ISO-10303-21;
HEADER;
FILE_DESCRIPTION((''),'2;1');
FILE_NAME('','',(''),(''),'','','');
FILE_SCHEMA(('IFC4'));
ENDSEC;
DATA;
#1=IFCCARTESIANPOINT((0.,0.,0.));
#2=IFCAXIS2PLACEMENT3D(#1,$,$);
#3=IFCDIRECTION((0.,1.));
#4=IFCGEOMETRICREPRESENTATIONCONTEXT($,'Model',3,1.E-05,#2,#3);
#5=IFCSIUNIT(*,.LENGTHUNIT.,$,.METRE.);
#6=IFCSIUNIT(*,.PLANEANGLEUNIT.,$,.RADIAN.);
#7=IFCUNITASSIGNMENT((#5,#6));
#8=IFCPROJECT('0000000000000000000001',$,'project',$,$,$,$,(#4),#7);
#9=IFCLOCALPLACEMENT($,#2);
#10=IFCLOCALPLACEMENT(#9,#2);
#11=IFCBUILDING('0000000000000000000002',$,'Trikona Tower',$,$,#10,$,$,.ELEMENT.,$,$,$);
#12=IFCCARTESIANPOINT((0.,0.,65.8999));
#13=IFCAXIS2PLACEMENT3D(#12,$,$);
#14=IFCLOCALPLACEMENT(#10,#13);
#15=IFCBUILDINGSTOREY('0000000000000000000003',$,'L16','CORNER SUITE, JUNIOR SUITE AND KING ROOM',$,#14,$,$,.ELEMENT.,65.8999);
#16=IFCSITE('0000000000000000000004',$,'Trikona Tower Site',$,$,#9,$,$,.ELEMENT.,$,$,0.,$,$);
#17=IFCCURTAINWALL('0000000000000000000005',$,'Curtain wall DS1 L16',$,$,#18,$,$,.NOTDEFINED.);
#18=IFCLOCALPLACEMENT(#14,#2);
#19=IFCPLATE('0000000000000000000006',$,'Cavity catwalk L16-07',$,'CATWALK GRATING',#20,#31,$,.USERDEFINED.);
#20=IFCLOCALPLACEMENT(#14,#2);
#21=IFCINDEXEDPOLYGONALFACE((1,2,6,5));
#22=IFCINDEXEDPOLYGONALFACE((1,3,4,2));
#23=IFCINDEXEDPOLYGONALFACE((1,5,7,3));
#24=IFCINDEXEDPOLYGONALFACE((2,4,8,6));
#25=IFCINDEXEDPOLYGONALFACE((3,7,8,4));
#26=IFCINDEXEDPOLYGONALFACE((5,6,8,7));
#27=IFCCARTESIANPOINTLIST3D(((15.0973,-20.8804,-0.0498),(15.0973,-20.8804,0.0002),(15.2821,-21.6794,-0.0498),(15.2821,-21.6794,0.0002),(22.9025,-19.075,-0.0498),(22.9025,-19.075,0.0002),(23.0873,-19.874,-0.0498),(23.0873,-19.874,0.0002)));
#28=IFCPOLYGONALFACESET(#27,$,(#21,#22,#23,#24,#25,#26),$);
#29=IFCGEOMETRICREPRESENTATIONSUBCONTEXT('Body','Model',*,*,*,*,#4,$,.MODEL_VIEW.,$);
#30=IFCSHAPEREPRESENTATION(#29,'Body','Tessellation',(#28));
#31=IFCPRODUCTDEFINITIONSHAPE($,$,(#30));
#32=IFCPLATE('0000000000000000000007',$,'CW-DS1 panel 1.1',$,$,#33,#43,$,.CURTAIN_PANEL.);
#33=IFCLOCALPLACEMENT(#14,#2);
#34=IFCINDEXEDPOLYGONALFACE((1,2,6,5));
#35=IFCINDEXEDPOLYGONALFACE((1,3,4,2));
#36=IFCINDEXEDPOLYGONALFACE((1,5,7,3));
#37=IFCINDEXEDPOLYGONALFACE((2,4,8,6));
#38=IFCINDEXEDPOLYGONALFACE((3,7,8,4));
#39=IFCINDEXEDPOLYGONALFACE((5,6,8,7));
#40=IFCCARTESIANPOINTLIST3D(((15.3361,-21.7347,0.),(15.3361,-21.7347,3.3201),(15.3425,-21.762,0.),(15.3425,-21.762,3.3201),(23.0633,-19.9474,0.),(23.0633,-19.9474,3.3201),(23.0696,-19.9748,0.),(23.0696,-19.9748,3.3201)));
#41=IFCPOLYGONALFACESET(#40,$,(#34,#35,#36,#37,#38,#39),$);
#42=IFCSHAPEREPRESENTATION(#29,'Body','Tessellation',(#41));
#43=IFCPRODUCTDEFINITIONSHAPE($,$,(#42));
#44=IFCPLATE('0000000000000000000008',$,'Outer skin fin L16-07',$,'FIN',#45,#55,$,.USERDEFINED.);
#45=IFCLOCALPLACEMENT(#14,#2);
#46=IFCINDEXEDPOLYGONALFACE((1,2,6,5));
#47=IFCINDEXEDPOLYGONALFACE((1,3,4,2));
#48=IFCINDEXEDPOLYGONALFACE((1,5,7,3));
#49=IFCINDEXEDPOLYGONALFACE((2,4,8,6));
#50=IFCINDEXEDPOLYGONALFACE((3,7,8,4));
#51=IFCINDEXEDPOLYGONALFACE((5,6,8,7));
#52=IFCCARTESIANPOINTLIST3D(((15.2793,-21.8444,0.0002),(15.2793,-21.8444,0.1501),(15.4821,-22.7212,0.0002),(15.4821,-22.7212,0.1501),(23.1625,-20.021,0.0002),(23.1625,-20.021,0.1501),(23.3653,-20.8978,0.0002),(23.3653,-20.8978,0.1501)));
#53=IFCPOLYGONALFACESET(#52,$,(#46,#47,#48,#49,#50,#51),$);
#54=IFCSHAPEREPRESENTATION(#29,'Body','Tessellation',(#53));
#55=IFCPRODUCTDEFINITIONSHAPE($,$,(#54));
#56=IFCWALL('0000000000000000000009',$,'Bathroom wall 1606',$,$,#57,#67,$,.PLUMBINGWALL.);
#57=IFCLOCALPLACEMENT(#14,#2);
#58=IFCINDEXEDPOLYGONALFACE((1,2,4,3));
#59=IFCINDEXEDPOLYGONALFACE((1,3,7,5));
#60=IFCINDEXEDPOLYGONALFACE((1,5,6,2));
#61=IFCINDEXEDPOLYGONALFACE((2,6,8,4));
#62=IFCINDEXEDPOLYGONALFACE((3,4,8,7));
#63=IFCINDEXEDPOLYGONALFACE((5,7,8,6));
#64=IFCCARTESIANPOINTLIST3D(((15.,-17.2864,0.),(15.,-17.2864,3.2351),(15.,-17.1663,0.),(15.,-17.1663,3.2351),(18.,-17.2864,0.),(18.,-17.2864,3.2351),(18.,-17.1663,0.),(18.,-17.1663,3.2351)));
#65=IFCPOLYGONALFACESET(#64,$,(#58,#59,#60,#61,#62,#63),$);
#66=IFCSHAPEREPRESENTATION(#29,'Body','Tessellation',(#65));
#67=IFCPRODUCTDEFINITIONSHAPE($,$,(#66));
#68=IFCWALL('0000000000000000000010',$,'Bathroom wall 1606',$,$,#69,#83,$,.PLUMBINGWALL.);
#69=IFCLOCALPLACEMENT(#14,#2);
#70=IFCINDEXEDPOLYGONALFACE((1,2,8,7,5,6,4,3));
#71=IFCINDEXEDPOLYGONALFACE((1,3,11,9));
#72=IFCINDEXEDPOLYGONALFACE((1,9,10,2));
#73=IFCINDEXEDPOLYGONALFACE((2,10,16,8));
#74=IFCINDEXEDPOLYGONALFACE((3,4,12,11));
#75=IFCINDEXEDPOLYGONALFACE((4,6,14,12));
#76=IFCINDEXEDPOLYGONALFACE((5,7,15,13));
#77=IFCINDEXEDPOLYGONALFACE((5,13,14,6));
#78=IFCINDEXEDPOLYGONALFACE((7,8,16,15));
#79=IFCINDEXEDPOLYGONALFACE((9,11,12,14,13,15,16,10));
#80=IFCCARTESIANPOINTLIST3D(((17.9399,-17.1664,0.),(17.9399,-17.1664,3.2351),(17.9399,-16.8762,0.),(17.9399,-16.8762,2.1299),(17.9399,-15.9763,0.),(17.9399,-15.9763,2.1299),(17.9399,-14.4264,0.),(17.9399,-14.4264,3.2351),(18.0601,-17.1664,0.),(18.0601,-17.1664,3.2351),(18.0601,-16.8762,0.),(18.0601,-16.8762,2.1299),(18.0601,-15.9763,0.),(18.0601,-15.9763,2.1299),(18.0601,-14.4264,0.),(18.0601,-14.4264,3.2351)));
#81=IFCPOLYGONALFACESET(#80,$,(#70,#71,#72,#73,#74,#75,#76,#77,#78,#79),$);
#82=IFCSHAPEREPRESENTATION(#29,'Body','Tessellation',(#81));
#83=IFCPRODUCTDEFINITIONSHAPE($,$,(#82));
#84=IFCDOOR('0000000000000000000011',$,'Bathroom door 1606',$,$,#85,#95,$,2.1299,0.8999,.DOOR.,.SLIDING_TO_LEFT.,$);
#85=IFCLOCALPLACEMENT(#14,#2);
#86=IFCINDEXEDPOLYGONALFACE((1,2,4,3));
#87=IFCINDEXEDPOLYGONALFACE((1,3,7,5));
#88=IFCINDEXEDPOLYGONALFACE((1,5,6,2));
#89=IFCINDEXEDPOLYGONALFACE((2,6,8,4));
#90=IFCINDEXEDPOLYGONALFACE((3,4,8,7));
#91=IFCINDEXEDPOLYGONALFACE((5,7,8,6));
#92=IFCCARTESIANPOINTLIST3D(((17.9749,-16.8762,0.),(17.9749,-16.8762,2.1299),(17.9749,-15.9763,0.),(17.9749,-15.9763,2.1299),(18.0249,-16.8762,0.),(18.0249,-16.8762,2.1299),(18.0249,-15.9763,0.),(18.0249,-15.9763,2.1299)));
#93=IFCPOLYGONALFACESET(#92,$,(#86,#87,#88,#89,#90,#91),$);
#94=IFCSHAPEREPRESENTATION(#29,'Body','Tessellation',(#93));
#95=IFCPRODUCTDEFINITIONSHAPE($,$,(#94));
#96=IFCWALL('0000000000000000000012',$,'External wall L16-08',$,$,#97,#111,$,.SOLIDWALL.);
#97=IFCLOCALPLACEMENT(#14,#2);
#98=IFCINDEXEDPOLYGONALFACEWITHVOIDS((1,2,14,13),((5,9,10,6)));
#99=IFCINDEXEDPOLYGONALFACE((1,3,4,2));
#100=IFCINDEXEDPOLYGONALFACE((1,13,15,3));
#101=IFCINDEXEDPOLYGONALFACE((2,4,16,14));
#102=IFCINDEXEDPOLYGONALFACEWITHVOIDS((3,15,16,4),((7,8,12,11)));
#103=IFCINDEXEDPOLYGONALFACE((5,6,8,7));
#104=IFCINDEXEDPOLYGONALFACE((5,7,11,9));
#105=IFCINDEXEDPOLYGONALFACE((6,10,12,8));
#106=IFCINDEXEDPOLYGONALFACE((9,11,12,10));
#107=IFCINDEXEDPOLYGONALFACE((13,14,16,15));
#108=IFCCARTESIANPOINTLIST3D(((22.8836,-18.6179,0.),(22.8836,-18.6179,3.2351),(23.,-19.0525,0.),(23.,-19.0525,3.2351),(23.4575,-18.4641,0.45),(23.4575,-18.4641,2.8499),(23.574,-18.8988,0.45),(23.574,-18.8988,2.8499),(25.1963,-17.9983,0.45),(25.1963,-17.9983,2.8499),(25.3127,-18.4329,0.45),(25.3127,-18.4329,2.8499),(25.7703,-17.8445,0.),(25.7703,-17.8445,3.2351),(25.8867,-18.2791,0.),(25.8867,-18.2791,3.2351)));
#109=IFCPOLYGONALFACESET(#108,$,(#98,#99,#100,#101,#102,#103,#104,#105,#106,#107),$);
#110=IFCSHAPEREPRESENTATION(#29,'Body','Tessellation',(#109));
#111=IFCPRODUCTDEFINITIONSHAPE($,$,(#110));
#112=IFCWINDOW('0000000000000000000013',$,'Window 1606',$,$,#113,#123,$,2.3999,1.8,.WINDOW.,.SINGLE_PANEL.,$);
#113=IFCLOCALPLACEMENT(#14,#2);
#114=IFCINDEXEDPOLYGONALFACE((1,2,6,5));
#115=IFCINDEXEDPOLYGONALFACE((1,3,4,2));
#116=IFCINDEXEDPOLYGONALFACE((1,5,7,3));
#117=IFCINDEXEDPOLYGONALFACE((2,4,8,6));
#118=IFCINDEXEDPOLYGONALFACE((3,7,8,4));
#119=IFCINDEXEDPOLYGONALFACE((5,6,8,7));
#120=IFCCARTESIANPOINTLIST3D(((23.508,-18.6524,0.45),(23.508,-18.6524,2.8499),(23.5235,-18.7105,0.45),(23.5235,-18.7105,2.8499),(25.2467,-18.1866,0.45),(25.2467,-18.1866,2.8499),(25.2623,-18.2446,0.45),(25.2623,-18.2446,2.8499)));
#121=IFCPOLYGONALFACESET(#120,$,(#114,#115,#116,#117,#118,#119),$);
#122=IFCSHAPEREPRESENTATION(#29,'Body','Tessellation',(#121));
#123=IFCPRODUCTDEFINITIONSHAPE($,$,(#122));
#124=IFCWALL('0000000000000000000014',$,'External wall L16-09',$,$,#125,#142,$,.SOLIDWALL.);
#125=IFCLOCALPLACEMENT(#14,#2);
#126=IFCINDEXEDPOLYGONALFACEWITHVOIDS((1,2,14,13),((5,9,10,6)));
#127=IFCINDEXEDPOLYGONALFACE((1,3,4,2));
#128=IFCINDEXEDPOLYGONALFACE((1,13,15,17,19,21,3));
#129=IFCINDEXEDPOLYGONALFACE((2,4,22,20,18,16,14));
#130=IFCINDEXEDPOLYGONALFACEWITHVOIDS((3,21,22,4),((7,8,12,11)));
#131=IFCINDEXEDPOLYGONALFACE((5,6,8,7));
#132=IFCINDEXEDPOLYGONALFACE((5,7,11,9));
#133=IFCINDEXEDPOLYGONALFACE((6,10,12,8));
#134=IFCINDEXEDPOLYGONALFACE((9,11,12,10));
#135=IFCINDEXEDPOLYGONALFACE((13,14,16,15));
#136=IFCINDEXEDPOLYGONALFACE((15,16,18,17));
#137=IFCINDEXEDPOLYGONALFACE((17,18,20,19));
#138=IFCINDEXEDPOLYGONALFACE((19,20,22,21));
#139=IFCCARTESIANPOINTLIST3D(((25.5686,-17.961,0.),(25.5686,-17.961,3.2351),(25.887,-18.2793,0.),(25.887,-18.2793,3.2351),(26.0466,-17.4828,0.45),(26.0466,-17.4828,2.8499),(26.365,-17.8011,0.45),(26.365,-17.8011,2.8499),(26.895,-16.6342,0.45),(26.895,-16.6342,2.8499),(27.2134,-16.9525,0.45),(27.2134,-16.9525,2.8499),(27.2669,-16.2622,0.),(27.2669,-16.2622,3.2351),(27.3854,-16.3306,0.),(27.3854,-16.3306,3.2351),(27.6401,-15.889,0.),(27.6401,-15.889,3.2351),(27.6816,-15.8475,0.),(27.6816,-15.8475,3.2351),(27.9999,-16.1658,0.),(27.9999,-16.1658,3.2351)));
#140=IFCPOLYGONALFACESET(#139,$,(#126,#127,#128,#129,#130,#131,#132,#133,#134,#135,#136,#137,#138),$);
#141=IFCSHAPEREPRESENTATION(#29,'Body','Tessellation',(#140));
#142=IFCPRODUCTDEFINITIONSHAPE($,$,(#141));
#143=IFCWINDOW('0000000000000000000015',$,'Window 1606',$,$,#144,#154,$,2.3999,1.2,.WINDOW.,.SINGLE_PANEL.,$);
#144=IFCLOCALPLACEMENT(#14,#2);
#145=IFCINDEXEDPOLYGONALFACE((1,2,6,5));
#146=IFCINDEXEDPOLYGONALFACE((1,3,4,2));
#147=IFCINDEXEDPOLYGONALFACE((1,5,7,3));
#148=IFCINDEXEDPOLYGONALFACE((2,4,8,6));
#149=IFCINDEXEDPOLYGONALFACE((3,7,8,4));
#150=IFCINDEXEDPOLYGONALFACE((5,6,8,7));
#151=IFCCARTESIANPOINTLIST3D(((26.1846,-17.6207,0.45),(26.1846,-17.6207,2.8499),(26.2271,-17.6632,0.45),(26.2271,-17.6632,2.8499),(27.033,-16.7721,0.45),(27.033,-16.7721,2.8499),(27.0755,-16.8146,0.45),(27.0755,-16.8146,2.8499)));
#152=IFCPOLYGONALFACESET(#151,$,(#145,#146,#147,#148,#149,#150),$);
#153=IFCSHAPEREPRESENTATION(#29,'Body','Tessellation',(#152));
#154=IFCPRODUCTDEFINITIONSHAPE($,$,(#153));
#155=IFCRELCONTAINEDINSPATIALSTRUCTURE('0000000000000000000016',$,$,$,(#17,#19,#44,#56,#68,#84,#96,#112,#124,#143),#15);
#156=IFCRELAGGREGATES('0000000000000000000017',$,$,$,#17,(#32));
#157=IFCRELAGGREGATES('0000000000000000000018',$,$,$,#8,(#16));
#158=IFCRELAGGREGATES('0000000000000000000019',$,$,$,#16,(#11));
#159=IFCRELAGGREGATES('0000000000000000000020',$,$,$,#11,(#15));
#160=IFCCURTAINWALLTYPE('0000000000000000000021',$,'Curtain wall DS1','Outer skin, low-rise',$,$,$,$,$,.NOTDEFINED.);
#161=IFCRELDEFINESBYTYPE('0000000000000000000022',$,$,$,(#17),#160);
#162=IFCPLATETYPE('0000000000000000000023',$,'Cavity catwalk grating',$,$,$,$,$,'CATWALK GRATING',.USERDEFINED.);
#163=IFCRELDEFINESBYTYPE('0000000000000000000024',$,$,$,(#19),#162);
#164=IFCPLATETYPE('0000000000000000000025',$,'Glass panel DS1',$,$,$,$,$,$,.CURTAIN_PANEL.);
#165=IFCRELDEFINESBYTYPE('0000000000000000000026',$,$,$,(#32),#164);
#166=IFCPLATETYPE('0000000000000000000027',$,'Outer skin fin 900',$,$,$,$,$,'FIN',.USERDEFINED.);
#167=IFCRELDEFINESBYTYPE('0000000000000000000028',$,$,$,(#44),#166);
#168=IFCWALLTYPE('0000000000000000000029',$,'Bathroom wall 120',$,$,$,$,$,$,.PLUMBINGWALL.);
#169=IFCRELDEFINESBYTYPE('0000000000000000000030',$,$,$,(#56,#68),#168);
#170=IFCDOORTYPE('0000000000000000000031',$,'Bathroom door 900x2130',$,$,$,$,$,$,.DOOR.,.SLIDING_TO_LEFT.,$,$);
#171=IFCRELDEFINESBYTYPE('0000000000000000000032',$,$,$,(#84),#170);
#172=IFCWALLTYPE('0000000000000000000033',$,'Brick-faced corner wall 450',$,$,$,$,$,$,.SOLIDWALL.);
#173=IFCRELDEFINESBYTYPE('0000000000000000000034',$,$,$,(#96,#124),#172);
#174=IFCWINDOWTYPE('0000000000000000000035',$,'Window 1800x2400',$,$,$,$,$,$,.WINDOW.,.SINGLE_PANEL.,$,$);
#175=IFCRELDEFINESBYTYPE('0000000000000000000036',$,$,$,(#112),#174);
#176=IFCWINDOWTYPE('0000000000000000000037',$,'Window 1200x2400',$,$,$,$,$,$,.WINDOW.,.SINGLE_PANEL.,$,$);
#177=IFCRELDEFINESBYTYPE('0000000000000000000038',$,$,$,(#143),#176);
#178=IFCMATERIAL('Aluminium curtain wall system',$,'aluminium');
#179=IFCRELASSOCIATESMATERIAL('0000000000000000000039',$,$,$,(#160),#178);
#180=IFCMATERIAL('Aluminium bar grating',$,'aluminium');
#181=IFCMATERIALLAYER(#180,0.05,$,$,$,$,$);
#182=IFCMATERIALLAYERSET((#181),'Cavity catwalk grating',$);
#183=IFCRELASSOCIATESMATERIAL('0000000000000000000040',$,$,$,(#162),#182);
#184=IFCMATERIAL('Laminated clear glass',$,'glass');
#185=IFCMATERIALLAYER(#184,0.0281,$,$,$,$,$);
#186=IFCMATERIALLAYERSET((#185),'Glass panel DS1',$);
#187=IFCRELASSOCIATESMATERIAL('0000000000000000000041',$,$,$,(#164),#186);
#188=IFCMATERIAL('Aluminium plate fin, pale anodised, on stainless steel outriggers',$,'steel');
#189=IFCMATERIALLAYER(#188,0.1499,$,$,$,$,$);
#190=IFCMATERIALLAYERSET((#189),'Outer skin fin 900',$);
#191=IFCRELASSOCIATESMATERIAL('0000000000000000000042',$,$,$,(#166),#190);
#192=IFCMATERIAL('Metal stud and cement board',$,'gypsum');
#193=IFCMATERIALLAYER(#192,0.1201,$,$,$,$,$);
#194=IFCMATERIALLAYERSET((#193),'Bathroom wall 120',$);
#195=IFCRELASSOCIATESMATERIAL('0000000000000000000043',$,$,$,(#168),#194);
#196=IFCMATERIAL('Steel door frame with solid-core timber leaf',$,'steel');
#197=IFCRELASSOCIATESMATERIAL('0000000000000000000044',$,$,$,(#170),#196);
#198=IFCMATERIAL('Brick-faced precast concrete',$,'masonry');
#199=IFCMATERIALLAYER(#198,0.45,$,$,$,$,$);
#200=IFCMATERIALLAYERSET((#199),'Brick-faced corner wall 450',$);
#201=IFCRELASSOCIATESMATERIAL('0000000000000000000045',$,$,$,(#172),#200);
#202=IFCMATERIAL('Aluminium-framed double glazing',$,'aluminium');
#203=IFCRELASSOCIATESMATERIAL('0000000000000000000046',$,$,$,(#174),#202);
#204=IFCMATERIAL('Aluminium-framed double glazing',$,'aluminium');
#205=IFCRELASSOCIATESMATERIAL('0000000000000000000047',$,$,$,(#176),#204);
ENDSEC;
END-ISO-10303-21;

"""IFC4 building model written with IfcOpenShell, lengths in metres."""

from ifc_helpers import new_model, si_unit, direction, frame, frame_2d, origin, origin_2d, place, context, subcontext, project, spatial, polyline, rectangle, outline, extrude, material, layer, layer_set, type_object, element, fill, aggregate, save


model = new_model("IFC4")

# Units and contexts
model_context = context("Model", 3, precision=1e-05, world=origin(), true_north=direction((0.0, 1.0)))
body_context = subcontext(model_context, "Body", "Model", "MODEL_VIEW")
ifc_project = project(units=[si_unit("LENGTHUNIT", "METRE"), si_unit("PLANEANGLEUNIT", "RADIAN")], contexts=[model_context])

# Site, building, storey
site_placement = place(None, origin())
site = spatial("IfcSite", under=ifc_project, at=site_placement, Name="Trikona Tower Site", CompositionType="ELEMENT", RefElevation=0.0)
building_placement = place(site_placement, origin())
building = spatial("IfcBuilding", under=site, at=building_placement, Name="Trikona Tower", CompositionType="ELEMENT")
storey_placement = place(building_placement, frame((0.0, 0.0, 65.8999)))
storey = spatial("IfcBuildingStorey", under=building, at=storey_placement, Name="L16", Description="CORNER SUITE, JUNIOR SUITE AND KING ROOM", CompositionType="ELEMENT", Elevation=65.8999)

# Shared definitions
ifc_material_1 = material(Name="Aluminium curtain wall system", Category="aluminium")
curtain_wall_type = type_object("IfcCurtainWallType", Name="Curtain wall DS1", Description="Outer skin, low-rise", PredefinedType="NOTDEFINED", material=ifc_material_1)

# Curtain wall
curtain_wall_1_placement = place(storey_placement, origin())
curtain_wall_1 = element("IfcCurtainWall", 1, at=curtain_wall_1_placement, inside=storey, type_object=curtain_wall_type, Name="Curtain wall DS1 L16", PredefinedType="NOTDEFINED")

# Plates
ifc_material_2 = material(Name="Aluminium bar grating", Category="aluminium")
ifc_layer_1 = layer(ifc_material_2, 0.05)
ifc_layer_set_1 = layer_set([ifc_layer_1], Name="Cavity catwalk grating")
plate_type_1 = type_object("IfcPlateType", Name="Cavity catwalk grating", ElementType="CATWALK GRATING", PredefinedType="USERDEFINED", material=ifc_layer_set_1)
plate_1_placement = place(storey_placement, frame((19.0923, -20.3772, -0.0498), z_axis=(0.0, 0.0, 1.0), x_axis=(0.974278, 0.225351, 0.0)))
element("IfcPlate", 2, at=plate_1_placement, inside=storey, type_object=plate_type_1, Name="Cavity catwalk L16-07", ObjectType="CATWALK GRATING", PredefinedType="USERDEFINED", context=body_context, shape_type="SweptSolid", body=[
    extrude(rectangle(XDim=8.0112, YDim=0.8201, at=origin_2d()), origin(), (0.0, 0.0, 1.0), 0.05),
])
ifc_material_3 = material(Name="Laminated clear glass", Category="glass")
ifc_layer_2 = layer(ifc_material_3, 0.0281)
ifc_layer_set_2 = layer_set([ifc_layer_2], Name="Glass panel DS1")
plate_type_2 = type_object("IfcPlateType", Name="Glass panel DS1", PredefinedType="CURTAIN_PANEL", material=ifc_layer_set_2)
plate_2_placement = place(storey_placement, frame((19.2029, -20.8547, 0.0), z_axis=(0.0, 0.0, 1.0), x_axis=(0.974279, 0.225343, 0.0)))
plate_2 = element("IfcPlate", 3, at=plate_2_placement, type_object=plate_type_2, Name="CW-DS1 panel 1.1", PredefinedType="CURTAIN_PANEL", context=body_context, shape_type="SweptSolid", body=[
    extrude(rectangle(XDim=7.9312, YDim=0.0281, at=origin_2d()), origin(), (0.0, 0.0, 1.0), 3.3201),
])
aggregate(curtain_wall_1, [plate_2])
ifc_material_4 = material(Name="Aluminium plate fin, pale anodised, on stainless steel outriggers", Category="steel")
ifc_layer_3 = layer(ifc_material_4, 0.1499)
ifc_layer_set_3 = layer_set([ifc_layer_3], Name="Outer skin fin 900")
plate_type_3 = type_object("IfcPlateType", Name="Outer skin fin 900", ElementType="FIN", PredefinedType="USERDEFINED", material=ifc_layer_set_3)
plate_3_placement = place(storey_placement, frame((19.3223, -21.3711, 0.0002), z_axis=(0.0, 0.0, 1.0), x_axis=(0.974278, 0.225351, 0.0)))
element("IfcPlate", 4, at=plate_3_placement, inside=storey, type_object=plate_type_3, Name="Outer skin fin L16-07", ObjectType="FIN", PredefinedType="USERDEFINED", context=body_context, shape_type="SweptSolid", body=[
    extrude(rectangle(XDim=8.0913, YDim=0.8999, at=origin_2d()), origin(), (0.0, 0.0, 1.0), 0.1499),
])

# Wall
ifc_material_5 = material(Name="Metal stud and cement board", Category="gypsum")
ifc_layer_4 = layer(ifc_material_5, 0.1201)
ifc_layer_set_4 = layer_set([ifc_layer_4], Name="Bathroom wall 120")
wall_type_1 = type_object("IfcWallType", Name="Bathroom wall 120", PredefinedType="PLUMBINGWALL", material=ifc_layer_set_4)
wall_1_placement = place(storey_placement, frame((15.0, -17.2263, 0.0), z_axis=(0.0, 0.0, 1.0), x_axis=(1.0, 0.0, 0.0)))
element("IfcWall", 5, at=wall_1_placement, inside=storey, type_object=wall_type_1, Name="Bathroom wall 1606", PredefinedType="PLUMBINGWALL", context=body_context, shape_type="SweptSolid", body=[
    extrude(rectangle(XDim=3.0, YDim=0.1201, at=frame_2d((1.5, 0.0))), origin(), (0.0, 0.0, 1.0), 3.2351),
])

# Wall, opening, door
wall_2_placement = place(storey_placement, frame((18.0, -14.4263, 0.0), z_axis=(0.0, 0.0, 1.0), x_axis=(0.0, -1.0, 0.0)))
wall_2 = element("IfcWall", 6, at=wall_2_placement, inside=storey, type_object=wall_type_1, Name="Bathroom wall 1606", PredefinedType="PLUMBINGWALL", context=body_context, shape_type="SweptSolid", body=[
    extrude(rectangle(XDim=2.74, YDim=0.1201, at=frame_2d((1.3701, 0.0))), origin(), (0.0, 0.0, 1.0), 3.2351),
])
opening_1_placement = place(wall_2_placement, frame((1.55, 0.0, 0.0)))
opening_1 = element("IfcOpeningElement", 7, at=opening_1_placement, cuts=wall_2, PredefinedType="OPENING", context=body_context, shape_type="SweptSolid", body=[
    extrude(rectangle(XDim=0.8999, YDim=2.1299, at=frame_2d((0.45, 1.0649))), frame((0.0, 0.0701, 0.0), z_axis=(0.0, -1.0, 0.0), x_axis=(1.0, 0.0, 0.0)), (0.0, 0.0, 1.0), 0.1401),
])
ifc_material_6 = material(Name="Steel door frame with solid-core timber leaf", Category="steel")
door_type = type_object("IfcDoorType", Name="Bathroom door 900x2130", OperationType="SLIDING_TO_LEFT", PredefinedType="DOOR", material=ifc_material_6)
door_placement = place(opening_1_placement, origin())
door = element("IfcDoor", 8, at=door_placement, inside=storey, type_object=door_type, Name="Bathroom door 1606", OperationType="SLIDING_TO_LEFT", OverallHeight=2.1299, OverallWidth=0.8999, PredefinedType="DOOR", context=body_context, shape_type="SweptSolid", body=[
    extrude(rectangle(XDim=0.8999, YDim=2.1299, at=frame_2d((0.45, 1.0649))), frame((0.0, 0.0249, 0.0), z_axis=(0.0, -1.0, 0.0), x_axis=(1.0, 0.0, 0.0)), (0.0, 0.0, 1.0), 0.05),
])
fill(opening_1, door)

# Walls, openings, windows
ifc_material_7 = material(Name="Brick-faced precast concrete", Category="masonry")
ifc_layer_5 = layer(ifc_material_7, 0.45)
ifc_layer_set_5 = layer_set([ifc_layer_5], Name="Brick-faced corner wall 450")
wall_type_2 = type_object("IfcWallType", Name="Brick-faced corner wall 450", PredefinedType="SOLIDWALL", material=ifc_layer_set_5)
wall_3_placement = place(storey_placement, frame((22.9419, -18.8352, 0.0), z_axis=(0.0, 0.0, 1.0), x_axis=(0.965931, 0.258801, 0.0)))
wall_3 = element("IfcWall", 9, at=wall_3_placement, inside=storey, type_object=wall_type_2, Name="External wall L16-08", PredefinedType="SOLIDWALL", context=body_context, shape_type="SweptSolid", body=[
    extrude(rectangle(XDim=2.9885, YDim=0.45, at=frame_2d((1.4941, 0.0))), origin(), (0.0, 0.0, 1.0), 3.2351),
])
opening_2_placement = place(wall_3_placement, frame((0.5942, 0.0, 0.45)))
opening_2 = element("IfcOpeningElement", 10, at=opening_2_placement, cuts=wall_3, PredefinedType="OPENING", context=body_context, shape_type="SweptSolid", body=[
    extrude(rectangle(XDim=1.8, YDim=2.3999, at=frame_2d((0.8999, 1.2))), frame((0.0, 0.2349, 0.0), z_axis=(0.0, -1.0, 0.0), x_axis=(1.0, 0.0, 0.0)), (0.0, 0.0, 1.0), 0.47),
])
ifc_material_8 = material(Name="Aluminium-framed double glazing", Category="aluminium")
window_type_1 = type_object("IfcWindowType", Name="Window 1800x2400", PartitioningType="SINGLE_PANEL", PredefinedType="WINDOW", material=ifc_material_8)
window_1_placement = place(opening_2_placement, origin())
window_1 = element("IfcWindow", 11, at=window_1_placement, inside=storey, type_object=window_type_1, Name="Window 1606", OverallHeight=2.3999, OverallWidth=1.8, PartitioningType="SINGLE_PANEL", PredefinedType="WINDOW", context=body_context, shape_type="SweptSolid", body=[
    extrude(rectangle(XDim=1.8, YDim=2.3999, at=frame_2d((0.8999, 1.2))), frame((0.0, 0.03, 0.0), z_axis=(0.0, -1.0, 0.0), x_axis=(1.0, 0.0, 0.0)), (0.0, 0.0, 1.0), 0.0601),
])
fill(opening_2, window_1)
wall_4_placement = place(storey_placement, frame((25.7278, -18.1201, 0.0), z_axis=(0.0, 0.0, 1.0), x_axis=(0.707025, 0.707188, 0.0)))
wall_4 = element("IfcWall", 12, at=wall_4_placement, inside=storey, type_object=wall_type_2, Name="External wall L16-09", PredefinedType="SOLIDWALL", context=body_context, shape_type="SweptSolid", body=[
    extrude(outline(polyline([(2.9885, 0.2251), (2.9299, 0.2251), (2.4375, 0.093), (2.4021, 0.2251), (0.0, 0.2251), (0.0, -0.2251), (2.9885, -0.2251), (2.9885, 0.2251)])), origin(), (0.0, 0.0, 1.0), 3.2351),
])
opening_3_placement = place(wall_4_placement, frame((0.676, 0.0, 0.45)))
opening_3 = element("IfcOpeningElement", 13, at=opening_3_placement, cuts=wall_4, PredefinedType="OPENING", context=body_context, shape_type="SweptSolid", body=[
    extrude(rectangle(XDim=1.2, YDim=2.3999, at=frame_2d((0.6001, 1.2))), frame((0.0, 0.2349, 0.0), z_axis=(0.0, -1.0, 0.0), x_axis=(1.0, 0.0, 0.0)), (0.0, 0.0, 1.0), 0.47),
])
ifc_material_9 = material(Name="Aluminium-framed double glazing", Category="aluminium")
window_type_2 = type_object("IfcWindowType", Name="Window 1200x2400", PartitioningType="SINGLE_PANEL", PredefinedType="WINDOW", material=ifc_material_9)
window_2_placement = place(opening_3_placement, origin())
window_2 = element("IfcWindow", 14, at=window_2_placement, inside=storey, type_object=window_type_2, Name="Window 1606", OverallHeight=2.3999, OverallWidth=1.2, PartitioningType="SINGLE_PANEL", PredefinedType="WINDOW", context=body_context, shape_type="SweptSolid", body=[
    extrude(rectangle(XDim=1.2, YDim=2.3999, at=frame_2d((0.6001, 1.2))), frame((0.0, 0.03, 0.0), z_axis=(0.0, -1.0, 0.0), x_axis=(1.0, 0.0, 0.0)), (0.0, 0.0, 1.0), 0.0601),
])
fill(opening_3, window_2)

save(model, "model.ifc")
